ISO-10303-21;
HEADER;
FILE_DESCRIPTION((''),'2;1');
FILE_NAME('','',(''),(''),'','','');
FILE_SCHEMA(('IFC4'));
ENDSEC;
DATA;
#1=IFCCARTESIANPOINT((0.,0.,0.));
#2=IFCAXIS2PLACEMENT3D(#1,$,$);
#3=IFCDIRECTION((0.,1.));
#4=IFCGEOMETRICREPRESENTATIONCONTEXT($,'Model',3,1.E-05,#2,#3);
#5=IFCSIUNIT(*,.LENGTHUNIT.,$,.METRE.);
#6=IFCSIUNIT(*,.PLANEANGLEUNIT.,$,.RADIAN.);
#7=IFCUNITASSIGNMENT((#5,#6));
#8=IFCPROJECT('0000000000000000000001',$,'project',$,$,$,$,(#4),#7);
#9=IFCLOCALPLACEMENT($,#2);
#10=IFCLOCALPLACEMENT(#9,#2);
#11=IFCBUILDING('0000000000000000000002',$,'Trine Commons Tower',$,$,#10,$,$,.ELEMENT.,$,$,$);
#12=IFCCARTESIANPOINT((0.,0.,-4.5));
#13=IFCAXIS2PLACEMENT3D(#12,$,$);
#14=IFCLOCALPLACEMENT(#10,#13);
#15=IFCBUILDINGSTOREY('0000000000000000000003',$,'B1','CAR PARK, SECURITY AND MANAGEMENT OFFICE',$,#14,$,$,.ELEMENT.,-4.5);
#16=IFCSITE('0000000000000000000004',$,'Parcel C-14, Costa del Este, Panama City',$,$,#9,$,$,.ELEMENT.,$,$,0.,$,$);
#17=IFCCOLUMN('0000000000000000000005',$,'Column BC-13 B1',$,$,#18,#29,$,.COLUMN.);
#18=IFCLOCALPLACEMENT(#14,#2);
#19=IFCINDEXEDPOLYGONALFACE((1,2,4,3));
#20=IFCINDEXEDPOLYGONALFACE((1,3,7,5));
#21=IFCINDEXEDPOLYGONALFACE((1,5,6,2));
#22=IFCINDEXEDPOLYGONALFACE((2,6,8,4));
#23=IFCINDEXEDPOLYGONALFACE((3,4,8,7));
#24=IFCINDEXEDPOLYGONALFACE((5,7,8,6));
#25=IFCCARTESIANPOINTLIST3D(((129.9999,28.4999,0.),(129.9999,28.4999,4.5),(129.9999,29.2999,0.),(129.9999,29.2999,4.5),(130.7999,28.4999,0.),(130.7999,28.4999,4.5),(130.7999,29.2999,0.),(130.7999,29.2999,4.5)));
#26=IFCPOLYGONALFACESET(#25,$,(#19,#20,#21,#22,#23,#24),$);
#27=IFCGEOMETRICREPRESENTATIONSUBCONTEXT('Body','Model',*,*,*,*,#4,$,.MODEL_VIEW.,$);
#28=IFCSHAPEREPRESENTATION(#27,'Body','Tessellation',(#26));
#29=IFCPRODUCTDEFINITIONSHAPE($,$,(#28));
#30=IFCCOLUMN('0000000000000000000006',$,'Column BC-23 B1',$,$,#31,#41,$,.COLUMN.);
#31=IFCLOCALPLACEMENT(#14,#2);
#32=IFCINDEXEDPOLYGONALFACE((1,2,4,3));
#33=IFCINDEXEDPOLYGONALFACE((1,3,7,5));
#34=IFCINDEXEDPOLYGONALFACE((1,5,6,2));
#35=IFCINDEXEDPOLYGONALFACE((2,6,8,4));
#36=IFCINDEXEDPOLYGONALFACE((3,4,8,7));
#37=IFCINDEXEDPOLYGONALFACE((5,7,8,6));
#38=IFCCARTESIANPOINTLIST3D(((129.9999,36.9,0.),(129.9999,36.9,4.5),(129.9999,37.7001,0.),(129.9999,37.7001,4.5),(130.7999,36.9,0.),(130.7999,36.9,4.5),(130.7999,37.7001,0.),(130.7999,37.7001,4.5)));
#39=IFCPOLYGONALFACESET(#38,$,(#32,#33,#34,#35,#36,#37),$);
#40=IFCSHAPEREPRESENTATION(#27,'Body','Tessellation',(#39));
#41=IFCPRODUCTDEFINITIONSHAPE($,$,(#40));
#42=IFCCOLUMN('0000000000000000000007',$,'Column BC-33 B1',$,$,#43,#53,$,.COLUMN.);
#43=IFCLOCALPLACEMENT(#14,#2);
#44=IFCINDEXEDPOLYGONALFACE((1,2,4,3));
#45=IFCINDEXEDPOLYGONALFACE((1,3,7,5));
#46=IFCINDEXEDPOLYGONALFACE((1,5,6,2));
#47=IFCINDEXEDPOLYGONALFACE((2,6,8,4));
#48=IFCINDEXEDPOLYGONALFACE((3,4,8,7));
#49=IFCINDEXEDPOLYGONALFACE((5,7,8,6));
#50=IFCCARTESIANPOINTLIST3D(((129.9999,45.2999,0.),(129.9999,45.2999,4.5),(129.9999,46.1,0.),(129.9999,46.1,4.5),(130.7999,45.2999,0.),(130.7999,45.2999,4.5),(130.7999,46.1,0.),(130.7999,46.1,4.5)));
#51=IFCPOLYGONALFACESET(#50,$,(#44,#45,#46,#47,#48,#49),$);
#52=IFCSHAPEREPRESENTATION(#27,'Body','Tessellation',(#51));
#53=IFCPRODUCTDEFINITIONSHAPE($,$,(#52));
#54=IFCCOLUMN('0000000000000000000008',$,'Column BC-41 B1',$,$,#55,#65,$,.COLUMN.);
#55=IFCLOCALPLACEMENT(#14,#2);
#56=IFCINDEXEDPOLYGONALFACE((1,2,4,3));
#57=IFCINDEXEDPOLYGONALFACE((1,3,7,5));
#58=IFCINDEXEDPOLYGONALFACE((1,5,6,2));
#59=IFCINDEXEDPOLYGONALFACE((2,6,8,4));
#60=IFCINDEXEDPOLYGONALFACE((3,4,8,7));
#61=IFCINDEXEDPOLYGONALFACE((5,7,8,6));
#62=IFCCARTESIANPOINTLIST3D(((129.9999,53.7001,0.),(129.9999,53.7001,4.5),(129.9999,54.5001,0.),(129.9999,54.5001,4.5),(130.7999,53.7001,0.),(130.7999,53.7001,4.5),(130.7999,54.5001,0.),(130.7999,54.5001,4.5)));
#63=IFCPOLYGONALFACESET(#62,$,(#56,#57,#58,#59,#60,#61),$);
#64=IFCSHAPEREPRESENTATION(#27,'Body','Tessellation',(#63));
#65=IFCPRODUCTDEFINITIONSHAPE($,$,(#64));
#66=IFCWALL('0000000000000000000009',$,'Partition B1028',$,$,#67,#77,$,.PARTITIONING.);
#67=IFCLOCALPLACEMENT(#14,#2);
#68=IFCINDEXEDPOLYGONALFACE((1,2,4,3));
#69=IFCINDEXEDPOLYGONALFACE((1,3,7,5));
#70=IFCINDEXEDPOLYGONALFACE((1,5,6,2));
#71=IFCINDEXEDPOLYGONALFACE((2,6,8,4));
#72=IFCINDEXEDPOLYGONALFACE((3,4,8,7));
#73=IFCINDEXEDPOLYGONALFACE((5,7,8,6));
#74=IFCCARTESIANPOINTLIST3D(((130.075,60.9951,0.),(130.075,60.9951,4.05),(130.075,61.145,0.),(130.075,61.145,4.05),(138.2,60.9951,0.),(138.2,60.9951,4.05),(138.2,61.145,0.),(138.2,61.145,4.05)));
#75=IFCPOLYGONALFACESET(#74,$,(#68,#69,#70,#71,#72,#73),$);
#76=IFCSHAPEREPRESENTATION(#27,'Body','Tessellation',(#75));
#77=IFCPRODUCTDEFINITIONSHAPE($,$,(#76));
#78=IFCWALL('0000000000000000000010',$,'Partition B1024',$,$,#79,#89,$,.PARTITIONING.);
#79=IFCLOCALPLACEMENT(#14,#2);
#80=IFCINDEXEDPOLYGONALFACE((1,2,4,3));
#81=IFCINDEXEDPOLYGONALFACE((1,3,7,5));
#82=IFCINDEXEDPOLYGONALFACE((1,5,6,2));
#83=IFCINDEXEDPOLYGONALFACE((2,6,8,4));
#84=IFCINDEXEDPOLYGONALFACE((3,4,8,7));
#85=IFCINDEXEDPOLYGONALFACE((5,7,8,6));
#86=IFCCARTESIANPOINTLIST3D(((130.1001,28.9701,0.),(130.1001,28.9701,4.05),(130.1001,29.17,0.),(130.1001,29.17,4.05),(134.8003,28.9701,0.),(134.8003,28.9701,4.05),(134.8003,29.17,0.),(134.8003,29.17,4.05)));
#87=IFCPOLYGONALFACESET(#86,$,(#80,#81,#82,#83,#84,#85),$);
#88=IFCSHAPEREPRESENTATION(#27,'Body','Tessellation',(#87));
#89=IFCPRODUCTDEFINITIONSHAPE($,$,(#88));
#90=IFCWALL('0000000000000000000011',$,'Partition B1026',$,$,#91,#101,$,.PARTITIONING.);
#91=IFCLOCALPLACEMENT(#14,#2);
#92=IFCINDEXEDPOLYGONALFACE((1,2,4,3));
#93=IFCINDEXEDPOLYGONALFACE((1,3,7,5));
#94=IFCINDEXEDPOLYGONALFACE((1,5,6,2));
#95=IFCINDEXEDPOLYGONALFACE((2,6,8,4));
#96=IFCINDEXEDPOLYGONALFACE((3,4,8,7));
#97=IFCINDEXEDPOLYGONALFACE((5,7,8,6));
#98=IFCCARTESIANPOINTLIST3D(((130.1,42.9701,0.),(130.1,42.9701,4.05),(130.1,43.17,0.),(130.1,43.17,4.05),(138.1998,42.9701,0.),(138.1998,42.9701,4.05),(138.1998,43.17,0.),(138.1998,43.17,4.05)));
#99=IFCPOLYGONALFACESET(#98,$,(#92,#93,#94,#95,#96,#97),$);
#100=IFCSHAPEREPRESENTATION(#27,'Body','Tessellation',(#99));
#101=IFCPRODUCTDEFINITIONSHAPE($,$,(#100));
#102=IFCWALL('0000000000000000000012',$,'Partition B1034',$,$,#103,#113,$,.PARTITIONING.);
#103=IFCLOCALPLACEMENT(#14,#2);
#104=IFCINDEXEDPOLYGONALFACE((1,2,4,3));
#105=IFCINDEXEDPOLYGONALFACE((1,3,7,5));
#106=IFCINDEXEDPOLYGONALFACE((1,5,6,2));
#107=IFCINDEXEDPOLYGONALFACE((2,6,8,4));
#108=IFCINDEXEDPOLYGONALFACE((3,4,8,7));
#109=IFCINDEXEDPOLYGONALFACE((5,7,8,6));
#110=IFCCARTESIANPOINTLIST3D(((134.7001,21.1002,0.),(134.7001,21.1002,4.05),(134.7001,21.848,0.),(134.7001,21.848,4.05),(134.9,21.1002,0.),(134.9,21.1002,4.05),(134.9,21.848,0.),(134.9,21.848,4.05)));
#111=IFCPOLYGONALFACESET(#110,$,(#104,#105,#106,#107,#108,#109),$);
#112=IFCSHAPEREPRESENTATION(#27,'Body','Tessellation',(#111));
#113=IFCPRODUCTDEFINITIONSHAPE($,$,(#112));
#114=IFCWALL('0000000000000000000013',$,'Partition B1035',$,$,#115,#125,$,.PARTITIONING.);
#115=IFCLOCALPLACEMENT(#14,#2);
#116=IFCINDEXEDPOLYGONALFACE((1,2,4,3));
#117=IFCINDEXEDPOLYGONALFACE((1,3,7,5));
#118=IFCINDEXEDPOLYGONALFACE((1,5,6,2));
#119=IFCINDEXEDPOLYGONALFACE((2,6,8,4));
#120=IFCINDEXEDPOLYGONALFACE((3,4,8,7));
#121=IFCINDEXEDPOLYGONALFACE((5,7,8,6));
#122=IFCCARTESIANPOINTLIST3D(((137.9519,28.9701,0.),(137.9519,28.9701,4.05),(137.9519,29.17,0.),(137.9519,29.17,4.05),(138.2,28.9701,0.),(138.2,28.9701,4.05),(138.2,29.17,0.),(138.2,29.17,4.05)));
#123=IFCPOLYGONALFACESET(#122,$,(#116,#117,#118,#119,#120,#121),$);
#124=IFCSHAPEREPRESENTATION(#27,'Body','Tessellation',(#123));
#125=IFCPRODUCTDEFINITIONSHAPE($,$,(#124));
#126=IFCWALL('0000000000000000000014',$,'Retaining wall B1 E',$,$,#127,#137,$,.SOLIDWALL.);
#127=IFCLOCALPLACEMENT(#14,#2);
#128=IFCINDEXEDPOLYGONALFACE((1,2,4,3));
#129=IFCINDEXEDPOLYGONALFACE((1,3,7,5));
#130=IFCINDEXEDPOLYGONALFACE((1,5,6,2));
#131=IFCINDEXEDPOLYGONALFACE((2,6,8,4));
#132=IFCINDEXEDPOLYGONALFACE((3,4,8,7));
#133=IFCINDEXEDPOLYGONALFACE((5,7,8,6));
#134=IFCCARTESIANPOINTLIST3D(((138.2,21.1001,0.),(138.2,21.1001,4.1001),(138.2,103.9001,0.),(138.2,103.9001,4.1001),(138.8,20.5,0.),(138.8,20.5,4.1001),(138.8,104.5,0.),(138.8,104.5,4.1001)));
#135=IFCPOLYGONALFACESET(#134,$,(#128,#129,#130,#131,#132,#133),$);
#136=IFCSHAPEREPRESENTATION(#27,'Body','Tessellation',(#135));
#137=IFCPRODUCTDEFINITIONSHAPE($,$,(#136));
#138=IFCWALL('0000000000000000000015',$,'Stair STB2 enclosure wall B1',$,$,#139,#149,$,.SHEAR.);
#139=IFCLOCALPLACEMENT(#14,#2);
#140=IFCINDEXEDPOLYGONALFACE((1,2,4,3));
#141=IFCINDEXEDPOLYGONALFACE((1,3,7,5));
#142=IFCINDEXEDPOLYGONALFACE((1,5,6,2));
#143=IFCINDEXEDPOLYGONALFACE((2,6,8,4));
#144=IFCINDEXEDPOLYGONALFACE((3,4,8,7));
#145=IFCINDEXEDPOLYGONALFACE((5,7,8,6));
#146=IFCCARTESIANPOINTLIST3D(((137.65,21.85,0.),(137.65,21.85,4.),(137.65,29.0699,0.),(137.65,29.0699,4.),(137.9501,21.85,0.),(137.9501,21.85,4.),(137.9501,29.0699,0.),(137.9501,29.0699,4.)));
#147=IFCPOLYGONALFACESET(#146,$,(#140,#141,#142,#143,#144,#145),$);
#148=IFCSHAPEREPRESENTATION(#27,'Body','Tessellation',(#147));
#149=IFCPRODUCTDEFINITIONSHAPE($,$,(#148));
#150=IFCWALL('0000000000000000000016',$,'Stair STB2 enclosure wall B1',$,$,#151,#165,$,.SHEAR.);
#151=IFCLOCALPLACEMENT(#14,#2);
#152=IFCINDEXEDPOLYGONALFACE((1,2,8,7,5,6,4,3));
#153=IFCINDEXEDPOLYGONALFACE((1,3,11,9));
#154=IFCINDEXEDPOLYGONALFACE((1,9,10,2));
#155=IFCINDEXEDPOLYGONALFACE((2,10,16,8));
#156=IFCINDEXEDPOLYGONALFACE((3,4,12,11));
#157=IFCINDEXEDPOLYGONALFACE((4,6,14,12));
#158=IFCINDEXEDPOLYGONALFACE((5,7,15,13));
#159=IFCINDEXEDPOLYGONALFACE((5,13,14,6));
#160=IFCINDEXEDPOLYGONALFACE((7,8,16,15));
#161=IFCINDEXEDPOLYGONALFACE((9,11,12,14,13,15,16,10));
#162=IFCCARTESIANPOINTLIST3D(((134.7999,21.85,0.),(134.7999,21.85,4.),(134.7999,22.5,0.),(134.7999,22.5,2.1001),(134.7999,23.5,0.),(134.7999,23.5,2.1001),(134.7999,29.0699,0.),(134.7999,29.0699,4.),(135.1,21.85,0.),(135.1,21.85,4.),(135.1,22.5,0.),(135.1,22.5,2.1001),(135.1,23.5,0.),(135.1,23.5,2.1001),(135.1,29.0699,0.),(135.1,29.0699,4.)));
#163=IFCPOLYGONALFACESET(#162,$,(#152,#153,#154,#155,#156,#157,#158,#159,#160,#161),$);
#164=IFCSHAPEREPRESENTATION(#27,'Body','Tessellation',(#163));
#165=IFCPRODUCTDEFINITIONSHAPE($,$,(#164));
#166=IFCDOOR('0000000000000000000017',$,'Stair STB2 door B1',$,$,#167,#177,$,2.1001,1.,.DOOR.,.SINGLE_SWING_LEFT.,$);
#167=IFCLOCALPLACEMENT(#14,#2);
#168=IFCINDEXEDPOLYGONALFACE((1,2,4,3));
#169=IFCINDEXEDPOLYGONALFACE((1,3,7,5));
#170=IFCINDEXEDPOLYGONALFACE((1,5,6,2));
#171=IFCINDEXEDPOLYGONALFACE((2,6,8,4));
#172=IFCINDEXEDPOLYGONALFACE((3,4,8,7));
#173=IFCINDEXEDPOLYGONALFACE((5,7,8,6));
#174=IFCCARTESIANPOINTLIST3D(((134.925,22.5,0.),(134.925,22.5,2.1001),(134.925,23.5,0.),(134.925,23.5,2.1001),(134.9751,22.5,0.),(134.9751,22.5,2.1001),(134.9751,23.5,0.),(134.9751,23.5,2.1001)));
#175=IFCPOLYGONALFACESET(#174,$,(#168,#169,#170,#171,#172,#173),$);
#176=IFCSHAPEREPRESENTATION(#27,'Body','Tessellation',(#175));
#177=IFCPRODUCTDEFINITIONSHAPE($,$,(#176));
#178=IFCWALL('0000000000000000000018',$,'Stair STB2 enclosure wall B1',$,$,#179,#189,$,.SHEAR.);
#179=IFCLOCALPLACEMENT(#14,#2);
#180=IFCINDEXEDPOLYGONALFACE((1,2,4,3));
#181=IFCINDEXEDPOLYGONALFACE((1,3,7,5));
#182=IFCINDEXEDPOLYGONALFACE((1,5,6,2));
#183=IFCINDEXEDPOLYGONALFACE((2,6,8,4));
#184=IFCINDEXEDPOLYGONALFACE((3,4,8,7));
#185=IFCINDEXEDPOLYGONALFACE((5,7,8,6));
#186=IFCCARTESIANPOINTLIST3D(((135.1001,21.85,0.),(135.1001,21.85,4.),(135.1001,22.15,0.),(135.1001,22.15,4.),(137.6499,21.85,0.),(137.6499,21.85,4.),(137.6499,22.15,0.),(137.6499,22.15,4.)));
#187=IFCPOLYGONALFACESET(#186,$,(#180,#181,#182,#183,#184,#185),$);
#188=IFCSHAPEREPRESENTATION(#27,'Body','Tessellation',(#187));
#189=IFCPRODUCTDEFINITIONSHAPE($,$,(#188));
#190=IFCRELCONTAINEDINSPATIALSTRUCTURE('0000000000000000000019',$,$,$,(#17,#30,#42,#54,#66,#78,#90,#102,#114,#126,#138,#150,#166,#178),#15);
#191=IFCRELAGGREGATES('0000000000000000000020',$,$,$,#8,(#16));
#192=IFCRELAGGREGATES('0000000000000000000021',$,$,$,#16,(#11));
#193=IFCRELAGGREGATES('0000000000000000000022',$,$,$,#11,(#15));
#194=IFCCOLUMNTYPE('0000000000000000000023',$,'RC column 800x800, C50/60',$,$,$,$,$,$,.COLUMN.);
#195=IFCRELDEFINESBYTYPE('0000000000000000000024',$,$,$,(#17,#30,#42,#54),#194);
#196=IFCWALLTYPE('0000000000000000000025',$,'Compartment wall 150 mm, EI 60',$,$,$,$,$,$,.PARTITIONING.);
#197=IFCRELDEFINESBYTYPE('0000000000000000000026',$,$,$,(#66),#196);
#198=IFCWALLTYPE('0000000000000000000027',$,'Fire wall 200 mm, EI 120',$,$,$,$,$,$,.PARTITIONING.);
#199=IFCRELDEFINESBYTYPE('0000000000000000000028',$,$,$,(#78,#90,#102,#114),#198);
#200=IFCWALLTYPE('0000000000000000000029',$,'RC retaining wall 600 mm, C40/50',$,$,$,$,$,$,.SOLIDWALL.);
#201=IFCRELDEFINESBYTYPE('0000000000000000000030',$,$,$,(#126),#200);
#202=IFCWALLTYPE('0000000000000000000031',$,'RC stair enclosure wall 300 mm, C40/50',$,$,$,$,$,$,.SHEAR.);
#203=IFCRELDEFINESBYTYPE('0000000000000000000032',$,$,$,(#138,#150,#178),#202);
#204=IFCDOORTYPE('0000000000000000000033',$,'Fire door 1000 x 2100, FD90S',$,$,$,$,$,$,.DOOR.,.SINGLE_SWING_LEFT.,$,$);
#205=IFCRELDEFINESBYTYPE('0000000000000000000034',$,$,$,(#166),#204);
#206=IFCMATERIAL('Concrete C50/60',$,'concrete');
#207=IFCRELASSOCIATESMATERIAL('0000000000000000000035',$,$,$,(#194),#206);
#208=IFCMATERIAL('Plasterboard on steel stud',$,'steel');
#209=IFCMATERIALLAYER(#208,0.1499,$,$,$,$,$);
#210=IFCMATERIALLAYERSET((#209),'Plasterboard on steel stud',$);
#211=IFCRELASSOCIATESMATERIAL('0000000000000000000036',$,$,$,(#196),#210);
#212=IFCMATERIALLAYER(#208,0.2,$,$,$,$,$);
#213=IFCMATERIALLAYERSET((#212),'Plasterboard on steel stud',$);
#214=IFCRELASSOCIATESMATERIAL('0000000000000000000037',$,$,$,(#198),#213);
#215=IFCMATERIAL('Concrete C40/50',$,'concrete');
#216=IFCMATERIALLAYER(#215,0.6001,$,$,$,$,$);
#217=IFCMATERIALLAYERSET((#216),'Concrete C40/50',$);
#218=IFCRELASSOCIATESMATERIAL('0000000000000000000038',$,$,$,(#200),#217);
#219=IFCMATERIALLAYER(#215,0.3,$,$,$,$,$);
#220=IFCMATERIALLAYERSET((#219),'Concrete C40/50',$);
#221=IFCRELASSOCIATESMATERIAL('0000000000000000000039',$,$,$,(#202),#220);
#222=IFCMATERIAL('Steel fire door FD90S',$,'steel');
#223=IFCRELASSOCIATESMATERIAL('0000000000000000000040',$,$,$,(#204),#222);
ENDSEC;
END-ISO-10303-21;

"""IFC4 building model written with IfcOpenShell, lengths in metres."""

from ifc_helpers import new_model, si_unit, direction, frame, frame_2d, origin, origin_2d, place, context, subcontext, project, spatial, polyline, rectangle, outline, extrude, material, layer, layer_set, material_profile, profile_set, type_object, element, fill, save


model = new_model("IFC4")

# Units and contexts
model_context = context("Model", 3, precision=1e-05, world=origin(), true_north=direction((0.0, 1.0)))
body_context = subcontext(model_context, "Body", "Model", "MODEL_VIEW")
ifc_project = project(units=[si_unit("LENGTHUNIT", "METRE"), si_unit("PLANEANGLEUNIT", "RADIAN")], contexts=[model_context])

# Site, building, storey
site_placement = place(None, origin())
site = spatial("IfcSite", under=ifc_project, at=site_placement, Name="Parcel C-14, Costa del Este, Panama City", CompositionType="ELEMENT", RefElevation=0.0)
building_placement = place(site_placement, origin())
building = spatial("IfcBuilding", under=site, at=building_placement, Name="Trine Commons Tower", CompositionType="ELEMENT")
storey_placement = place(building_placement, frame((0.0, 0.0, -4.5)))
storey = spatial("IfcBuildingStorey", under=building, at=storey_placement, Name="B1", Description="CAR PARK, SECURITY AND MANAGEMENT OFFICE", CompositionType="ELEMENT", Elevation=-4.5)

# Columns
ifc_material_1 = material(Name="Concrete C50/60", Category="concrete")
ifc_material_profile = material_profile(ifc_material_1, rectangle(XDim=0.8, YDim=0.8, at=origin_2d()), Name="RC 800x800")
ifc_profile_set = profile_set([ifc_material_profile], Name="Concrete C50/60")
column_type = type_object("IfcColumnType", Name="RC column 800x800, C50/60", PredefinedType="COLUMN", material=ifc_profile_set)
for number, where, z_axis, x_axis, name in (
    (1, (130.3999, 28.8999, 0.0), (0.0, 0.0, 1.0), (1.0, 0.0, 0.0), "Column BC-13 B1"),
    (2, (130.3999, 37.3, 0.0), (0.0, 0.0, 1.0), (1.0, 0.0, 0.0), "Column BC-23 B1"),
    (3, (130.3999, 45.7, 0.0), (0.0, 0.0, 1.0), (1.0, 0.0, 0.0), "Column BC-33 B1"),
    (4, (130.3999, 54.1001, 0.0), (0.0, 0.0, 1.0), (1.0, 0.0, 0.0), "Column BC-41 B1"),
):
    element("IfcColumn", number, at=place(storey_placement, frame(where, z_axis=z_axis, x_axis=x_axis)), inside=storey, type_object=column_type, Name=name, PredefinedType="COLUMN", context=body_context, shape_type="SweptSolid", body=[
        extrude(rectangle(XDim=0.8, YDim=0.8, at=origin_2d()), origin(), (0.0, 0.0, 1.0), 4.5),
    ])

# Walls
ifc_material_2 = material(Name="Plasterboard on steel stud", Category="steel")
ifc_layer_1 = layer(ifc_material_2, 0.1499)
ifc_layer_set_1 = layer_set([ifc_layer_1], Name="Plasterboard on steel stud")
wall_type_1 = type_object("IfcWallType", Name="Compartment wall 150 mm, EI 60", PredefinedType="PARTITIONING", material=ifc_layer_set_1)
wall_1_placement = place(storey_placement, frame((130.075, 61.0701, 0.0), z_axis=(0.0, 0.0, 1.0), x_axis=(1.0, 0.0, 0.0)))
element("IfcWall", 5, at=wall_1_placement, inside=storey, type_object=wall_type_1, Name="Partition B1028", PredefinedType="PARTITIONING", context=body_context, shape_type="SweptSolid", body=[
    extrude(rectangle(XDim=8.125, YDim=0.1499, at=frame_2d((4.0625, 0.0))), origin(), (0.0, 0.0, 1.0), 4.05),
])
ifc_layer_2 = layer(ifc_material_2, 0.2)
ifc_layer_set_2 = layer_set([ifc_layer_2], Name="Plasterboard on steel stud")
wall_type_2 = type_object("IfcWallType", Name="Fire wall 200 mm, EI 120", PredefinedType="PARTITIONING", material=ifc_layer_set_2)
wall_2_placement = place(storey_placement, frame((130.1001, 29.0701, 0.0), z_axis=(0.0, 0.0, 1.0), x_axis=(1.0, 0.0, 0.0)))
element("IfcWall", 6, at=wall_2_placement, inside=storey, type_object=wall_type_2, Name="Partition B1024", PredefinedType="PARTITIONING", context=body_context, shape_type="SweptSolid", body=[
    extrude(rectangle(XDim=4.7002, YDim=0.2, at=frame_2d((2.3501, 0.0))), origin(), (0.0, 0.0, 1.0), 4.05),
])
wall_3_placement = place(storey_placement, frame((130.1001, 43.0701, 0.0), z_axis=(0.0, 0.0, 1.0), x_axis=(1.0, 0.0, 0.0)))
element("IfcWall", 7, at=wall_3_placement, inside=storey, type_object=wall_type_2, Name="Partition B1026", PredefinedType="PARTITIONING", context=body_context, shape_type="SweptSolid", body=[
    extrude(rectangle(XDim=8.0999, YDim=0.2, at=frame_2d((4.0498, 0.0))), origin(), (0.0, 0.0, 1.0), 4.05),
])
wall_4_placement = place(storey_placement, frame((134.8, 21.1001, 0.0), z_axis=(0.0, 0.0, 1.0), x_axis=(0.0, 1.0, 0.0)))
element("IfcWall", 8, at=wall_4_placement, inside=storey, type_object=wall_type_2, Name="Partition B1034", PredefinedType="PARTITIONING", context=body_context, shape_type="SweptSolid", body=[
    extrude(rectangle(XDim=0.7478, YDim=0.2, at=frame_2d((0.374, 0.0))), origin(), (0.0, 0.0, 1.0), 4.05),
])
wall_5_placement = place(storey_placement, frame((137.9519, 29.0701, 0.0), z_axis=(0.0, 0.0, 1.0), x_axis=(1.0, 0.0, 0.0)))
element("IfcWall", 9, at=wall_5_placement, inside=storey, type_object=wall_type_2, Name="Partition B1035", PredefinedType="PARTITIONING", context=body_context, shape_type="SweptSolid", body=[
    extrude(rectangle(XDim=0.248, YDim=0.2, at=frame_2d((0.124, 0.0))), origin(), (0.0, 0.0, 1.0), 4.05),
])
ifc_material_3 = material(Name="Concrete C40/50", Category="concrete")
ifc_layer_3 = layer(ifc_material_3, 0.6001)
ifc_layer_set_3 = layer_set([ifc_layer_3], Name="Concrete C40/50")
wall_type_3 = type_object("IfcWallType", Name="RC retaining wall 600 mm, C40/50", PredefinedType="SOLIDWALL", material=ifc_layer_set_3)
wall_6_placement = place(storey_placement, frame((138.5, 20.8, 0.0), z_axis=(0.0, 0.0, 1.0), x_axis=(0.0, 1.0, 0.0)))
element("IfcWall", 10, at=wall_6_placement, inside=storey, type_object=wall_type_3, Name="Retaining wall B1 E", PredefinedType="SOLIDWALL", context=body_context, shape_type="SweptSolid", body=[
    extrude(outline(polyline([(-0.3, -0.3), (83.7, -0.3), (83.1001, 0.3), (0.3, 0.3), (-0.3, -0.3)])), origin(), (0.0, 0.0, 1.0), 4.1001),
])
ifc_layer_4 = layer(ifc_material_3, 0.3)
ifc_layer_set_4 = layer_set([ifc_layer_4], Name="Concrete C40/50")
wall_type_4 = type_object("IfcWallType", Name="RC stair enclosure wall 300 mm, C40/50", PredefinedType="SHEAR", material=ifc_layer_set_4)
wall_7_placement = place(storey_placement, frame((137.8, 21.8501, 0.0), z_axis=(0.0, 0.0, 1.0), x_axis=(0.0, 1.0, 0.0)))
element("IfcWall", 11, at=wall_7_placement, inside=storey, type_object=wall_type_4, Name="Stair STB2 enclosure wall B1", PredefinedType="SHEAR", context=body_context, shape_type="SweptSolid", body=[
    extrude(rectangle(XDim=7.22, YDim=0.3, at=frame_2d((3.6099, 0.0))), origin(), (0.0, 0.0, 1.0), 4.0),
])

# Wall, opening, door
wall_8_placement = place(storey_placement, frame((134.95, 21.8501, 0.0), z_axis=(0.0, 0.0, 1.0), x_axis=(0.0, 1.0, 0.0)))
wall_8 = element("IfcWall", 12, at=wall_8_placement, inside=storey, type_object=wall_type_4, Name="Stair STB2 enclosure wall B1", PredefinedType="SHEAR", context=body_context, shape_type="SweptSolid", body=[
    extrude(rectangle(XDim=7.22, YDim=0.3, at=frame_2d((3.6099, 0.0))), origin(), (0.0, 0.0, 1.0), 4.0),
])
opening_placement = place(wall_8_placement, frame((0.6499, 0.0, 0.0)))
opening = element("IfcOpeningElement", 13, at=opening_placement, cuts=wall_8, PredefinedType="OPENING", context=body_context, shape_type="SweptSolid", body=[
    extrude(rectangle(XDim=1.0, YDim=2.1001, at=frame_2d((0.5, 1.05))), frame((0.0, 0.1599, 0.0), z_axis=(0.0, -1.0, 0.0), x_axis=(1.0, 0.0, 0.0)), (0.0, 0.0, 1.0), 0.3201),
])
ifc_material_4 = material(Name="Steel fire door FD90S", Category="steel")
door_type = type_object("IfcDoorType", Name="Fire door 1000 x 2100, FD90S", OperationType="SINGLE_SWING_LEFT", PredefinedType="DOOR", material=ifc_material_4)
door_placement = place(opening_placement, origin())
door = element("IfcDoor", 14, at=door_placement, inside=storey, type_object=door_type, Name="Stair STB2 door B1", OperationType="SINGLE_SWING_LEFT", OverallHeight=2.1001, OverallWidth=1.0, PredefinedType="DOOR", context=body_context, shape_type="SweptSolid", body=[
    extrude(rectangle(XDim=1.0, YDim=2.1001, at=frame_2d((0.5, 1.05))), frame((0.0, 0.0249, 0.0), z_axis=(0.0, -1.0, 0.0), x_axis=(1.0, 0.0, 0.0)), (0.0, 0.0, 1.0), 0.05),
])
fill(opening, door)

# Wall
for number, where, z_axis, x_axis, name in (
    (15, (137.6499, 22.0, 0.0), (0.0, 0.0, 1.0), (-1.0, 0.0, 0.0), "Stair STB2 enclosure wall B1"),
):
    element("IfcWall", number, at=place(storey_placement, frame(where, z_axis=z_axis, x_axis=x_axis)), inside=storey, type_object=wall_type_4, Name=name, PredefinedType="SHEAR", context=body_context, shape_type="SweptSolid", body=[
        extrude(rectangle(XDim=2.5498, YDim=0.3, at=frame_2d((1.2749, 0.0))), origin(), (0.0, 0.0, 1.0), 4.0),
    ])

save(model, "model.ifc")
